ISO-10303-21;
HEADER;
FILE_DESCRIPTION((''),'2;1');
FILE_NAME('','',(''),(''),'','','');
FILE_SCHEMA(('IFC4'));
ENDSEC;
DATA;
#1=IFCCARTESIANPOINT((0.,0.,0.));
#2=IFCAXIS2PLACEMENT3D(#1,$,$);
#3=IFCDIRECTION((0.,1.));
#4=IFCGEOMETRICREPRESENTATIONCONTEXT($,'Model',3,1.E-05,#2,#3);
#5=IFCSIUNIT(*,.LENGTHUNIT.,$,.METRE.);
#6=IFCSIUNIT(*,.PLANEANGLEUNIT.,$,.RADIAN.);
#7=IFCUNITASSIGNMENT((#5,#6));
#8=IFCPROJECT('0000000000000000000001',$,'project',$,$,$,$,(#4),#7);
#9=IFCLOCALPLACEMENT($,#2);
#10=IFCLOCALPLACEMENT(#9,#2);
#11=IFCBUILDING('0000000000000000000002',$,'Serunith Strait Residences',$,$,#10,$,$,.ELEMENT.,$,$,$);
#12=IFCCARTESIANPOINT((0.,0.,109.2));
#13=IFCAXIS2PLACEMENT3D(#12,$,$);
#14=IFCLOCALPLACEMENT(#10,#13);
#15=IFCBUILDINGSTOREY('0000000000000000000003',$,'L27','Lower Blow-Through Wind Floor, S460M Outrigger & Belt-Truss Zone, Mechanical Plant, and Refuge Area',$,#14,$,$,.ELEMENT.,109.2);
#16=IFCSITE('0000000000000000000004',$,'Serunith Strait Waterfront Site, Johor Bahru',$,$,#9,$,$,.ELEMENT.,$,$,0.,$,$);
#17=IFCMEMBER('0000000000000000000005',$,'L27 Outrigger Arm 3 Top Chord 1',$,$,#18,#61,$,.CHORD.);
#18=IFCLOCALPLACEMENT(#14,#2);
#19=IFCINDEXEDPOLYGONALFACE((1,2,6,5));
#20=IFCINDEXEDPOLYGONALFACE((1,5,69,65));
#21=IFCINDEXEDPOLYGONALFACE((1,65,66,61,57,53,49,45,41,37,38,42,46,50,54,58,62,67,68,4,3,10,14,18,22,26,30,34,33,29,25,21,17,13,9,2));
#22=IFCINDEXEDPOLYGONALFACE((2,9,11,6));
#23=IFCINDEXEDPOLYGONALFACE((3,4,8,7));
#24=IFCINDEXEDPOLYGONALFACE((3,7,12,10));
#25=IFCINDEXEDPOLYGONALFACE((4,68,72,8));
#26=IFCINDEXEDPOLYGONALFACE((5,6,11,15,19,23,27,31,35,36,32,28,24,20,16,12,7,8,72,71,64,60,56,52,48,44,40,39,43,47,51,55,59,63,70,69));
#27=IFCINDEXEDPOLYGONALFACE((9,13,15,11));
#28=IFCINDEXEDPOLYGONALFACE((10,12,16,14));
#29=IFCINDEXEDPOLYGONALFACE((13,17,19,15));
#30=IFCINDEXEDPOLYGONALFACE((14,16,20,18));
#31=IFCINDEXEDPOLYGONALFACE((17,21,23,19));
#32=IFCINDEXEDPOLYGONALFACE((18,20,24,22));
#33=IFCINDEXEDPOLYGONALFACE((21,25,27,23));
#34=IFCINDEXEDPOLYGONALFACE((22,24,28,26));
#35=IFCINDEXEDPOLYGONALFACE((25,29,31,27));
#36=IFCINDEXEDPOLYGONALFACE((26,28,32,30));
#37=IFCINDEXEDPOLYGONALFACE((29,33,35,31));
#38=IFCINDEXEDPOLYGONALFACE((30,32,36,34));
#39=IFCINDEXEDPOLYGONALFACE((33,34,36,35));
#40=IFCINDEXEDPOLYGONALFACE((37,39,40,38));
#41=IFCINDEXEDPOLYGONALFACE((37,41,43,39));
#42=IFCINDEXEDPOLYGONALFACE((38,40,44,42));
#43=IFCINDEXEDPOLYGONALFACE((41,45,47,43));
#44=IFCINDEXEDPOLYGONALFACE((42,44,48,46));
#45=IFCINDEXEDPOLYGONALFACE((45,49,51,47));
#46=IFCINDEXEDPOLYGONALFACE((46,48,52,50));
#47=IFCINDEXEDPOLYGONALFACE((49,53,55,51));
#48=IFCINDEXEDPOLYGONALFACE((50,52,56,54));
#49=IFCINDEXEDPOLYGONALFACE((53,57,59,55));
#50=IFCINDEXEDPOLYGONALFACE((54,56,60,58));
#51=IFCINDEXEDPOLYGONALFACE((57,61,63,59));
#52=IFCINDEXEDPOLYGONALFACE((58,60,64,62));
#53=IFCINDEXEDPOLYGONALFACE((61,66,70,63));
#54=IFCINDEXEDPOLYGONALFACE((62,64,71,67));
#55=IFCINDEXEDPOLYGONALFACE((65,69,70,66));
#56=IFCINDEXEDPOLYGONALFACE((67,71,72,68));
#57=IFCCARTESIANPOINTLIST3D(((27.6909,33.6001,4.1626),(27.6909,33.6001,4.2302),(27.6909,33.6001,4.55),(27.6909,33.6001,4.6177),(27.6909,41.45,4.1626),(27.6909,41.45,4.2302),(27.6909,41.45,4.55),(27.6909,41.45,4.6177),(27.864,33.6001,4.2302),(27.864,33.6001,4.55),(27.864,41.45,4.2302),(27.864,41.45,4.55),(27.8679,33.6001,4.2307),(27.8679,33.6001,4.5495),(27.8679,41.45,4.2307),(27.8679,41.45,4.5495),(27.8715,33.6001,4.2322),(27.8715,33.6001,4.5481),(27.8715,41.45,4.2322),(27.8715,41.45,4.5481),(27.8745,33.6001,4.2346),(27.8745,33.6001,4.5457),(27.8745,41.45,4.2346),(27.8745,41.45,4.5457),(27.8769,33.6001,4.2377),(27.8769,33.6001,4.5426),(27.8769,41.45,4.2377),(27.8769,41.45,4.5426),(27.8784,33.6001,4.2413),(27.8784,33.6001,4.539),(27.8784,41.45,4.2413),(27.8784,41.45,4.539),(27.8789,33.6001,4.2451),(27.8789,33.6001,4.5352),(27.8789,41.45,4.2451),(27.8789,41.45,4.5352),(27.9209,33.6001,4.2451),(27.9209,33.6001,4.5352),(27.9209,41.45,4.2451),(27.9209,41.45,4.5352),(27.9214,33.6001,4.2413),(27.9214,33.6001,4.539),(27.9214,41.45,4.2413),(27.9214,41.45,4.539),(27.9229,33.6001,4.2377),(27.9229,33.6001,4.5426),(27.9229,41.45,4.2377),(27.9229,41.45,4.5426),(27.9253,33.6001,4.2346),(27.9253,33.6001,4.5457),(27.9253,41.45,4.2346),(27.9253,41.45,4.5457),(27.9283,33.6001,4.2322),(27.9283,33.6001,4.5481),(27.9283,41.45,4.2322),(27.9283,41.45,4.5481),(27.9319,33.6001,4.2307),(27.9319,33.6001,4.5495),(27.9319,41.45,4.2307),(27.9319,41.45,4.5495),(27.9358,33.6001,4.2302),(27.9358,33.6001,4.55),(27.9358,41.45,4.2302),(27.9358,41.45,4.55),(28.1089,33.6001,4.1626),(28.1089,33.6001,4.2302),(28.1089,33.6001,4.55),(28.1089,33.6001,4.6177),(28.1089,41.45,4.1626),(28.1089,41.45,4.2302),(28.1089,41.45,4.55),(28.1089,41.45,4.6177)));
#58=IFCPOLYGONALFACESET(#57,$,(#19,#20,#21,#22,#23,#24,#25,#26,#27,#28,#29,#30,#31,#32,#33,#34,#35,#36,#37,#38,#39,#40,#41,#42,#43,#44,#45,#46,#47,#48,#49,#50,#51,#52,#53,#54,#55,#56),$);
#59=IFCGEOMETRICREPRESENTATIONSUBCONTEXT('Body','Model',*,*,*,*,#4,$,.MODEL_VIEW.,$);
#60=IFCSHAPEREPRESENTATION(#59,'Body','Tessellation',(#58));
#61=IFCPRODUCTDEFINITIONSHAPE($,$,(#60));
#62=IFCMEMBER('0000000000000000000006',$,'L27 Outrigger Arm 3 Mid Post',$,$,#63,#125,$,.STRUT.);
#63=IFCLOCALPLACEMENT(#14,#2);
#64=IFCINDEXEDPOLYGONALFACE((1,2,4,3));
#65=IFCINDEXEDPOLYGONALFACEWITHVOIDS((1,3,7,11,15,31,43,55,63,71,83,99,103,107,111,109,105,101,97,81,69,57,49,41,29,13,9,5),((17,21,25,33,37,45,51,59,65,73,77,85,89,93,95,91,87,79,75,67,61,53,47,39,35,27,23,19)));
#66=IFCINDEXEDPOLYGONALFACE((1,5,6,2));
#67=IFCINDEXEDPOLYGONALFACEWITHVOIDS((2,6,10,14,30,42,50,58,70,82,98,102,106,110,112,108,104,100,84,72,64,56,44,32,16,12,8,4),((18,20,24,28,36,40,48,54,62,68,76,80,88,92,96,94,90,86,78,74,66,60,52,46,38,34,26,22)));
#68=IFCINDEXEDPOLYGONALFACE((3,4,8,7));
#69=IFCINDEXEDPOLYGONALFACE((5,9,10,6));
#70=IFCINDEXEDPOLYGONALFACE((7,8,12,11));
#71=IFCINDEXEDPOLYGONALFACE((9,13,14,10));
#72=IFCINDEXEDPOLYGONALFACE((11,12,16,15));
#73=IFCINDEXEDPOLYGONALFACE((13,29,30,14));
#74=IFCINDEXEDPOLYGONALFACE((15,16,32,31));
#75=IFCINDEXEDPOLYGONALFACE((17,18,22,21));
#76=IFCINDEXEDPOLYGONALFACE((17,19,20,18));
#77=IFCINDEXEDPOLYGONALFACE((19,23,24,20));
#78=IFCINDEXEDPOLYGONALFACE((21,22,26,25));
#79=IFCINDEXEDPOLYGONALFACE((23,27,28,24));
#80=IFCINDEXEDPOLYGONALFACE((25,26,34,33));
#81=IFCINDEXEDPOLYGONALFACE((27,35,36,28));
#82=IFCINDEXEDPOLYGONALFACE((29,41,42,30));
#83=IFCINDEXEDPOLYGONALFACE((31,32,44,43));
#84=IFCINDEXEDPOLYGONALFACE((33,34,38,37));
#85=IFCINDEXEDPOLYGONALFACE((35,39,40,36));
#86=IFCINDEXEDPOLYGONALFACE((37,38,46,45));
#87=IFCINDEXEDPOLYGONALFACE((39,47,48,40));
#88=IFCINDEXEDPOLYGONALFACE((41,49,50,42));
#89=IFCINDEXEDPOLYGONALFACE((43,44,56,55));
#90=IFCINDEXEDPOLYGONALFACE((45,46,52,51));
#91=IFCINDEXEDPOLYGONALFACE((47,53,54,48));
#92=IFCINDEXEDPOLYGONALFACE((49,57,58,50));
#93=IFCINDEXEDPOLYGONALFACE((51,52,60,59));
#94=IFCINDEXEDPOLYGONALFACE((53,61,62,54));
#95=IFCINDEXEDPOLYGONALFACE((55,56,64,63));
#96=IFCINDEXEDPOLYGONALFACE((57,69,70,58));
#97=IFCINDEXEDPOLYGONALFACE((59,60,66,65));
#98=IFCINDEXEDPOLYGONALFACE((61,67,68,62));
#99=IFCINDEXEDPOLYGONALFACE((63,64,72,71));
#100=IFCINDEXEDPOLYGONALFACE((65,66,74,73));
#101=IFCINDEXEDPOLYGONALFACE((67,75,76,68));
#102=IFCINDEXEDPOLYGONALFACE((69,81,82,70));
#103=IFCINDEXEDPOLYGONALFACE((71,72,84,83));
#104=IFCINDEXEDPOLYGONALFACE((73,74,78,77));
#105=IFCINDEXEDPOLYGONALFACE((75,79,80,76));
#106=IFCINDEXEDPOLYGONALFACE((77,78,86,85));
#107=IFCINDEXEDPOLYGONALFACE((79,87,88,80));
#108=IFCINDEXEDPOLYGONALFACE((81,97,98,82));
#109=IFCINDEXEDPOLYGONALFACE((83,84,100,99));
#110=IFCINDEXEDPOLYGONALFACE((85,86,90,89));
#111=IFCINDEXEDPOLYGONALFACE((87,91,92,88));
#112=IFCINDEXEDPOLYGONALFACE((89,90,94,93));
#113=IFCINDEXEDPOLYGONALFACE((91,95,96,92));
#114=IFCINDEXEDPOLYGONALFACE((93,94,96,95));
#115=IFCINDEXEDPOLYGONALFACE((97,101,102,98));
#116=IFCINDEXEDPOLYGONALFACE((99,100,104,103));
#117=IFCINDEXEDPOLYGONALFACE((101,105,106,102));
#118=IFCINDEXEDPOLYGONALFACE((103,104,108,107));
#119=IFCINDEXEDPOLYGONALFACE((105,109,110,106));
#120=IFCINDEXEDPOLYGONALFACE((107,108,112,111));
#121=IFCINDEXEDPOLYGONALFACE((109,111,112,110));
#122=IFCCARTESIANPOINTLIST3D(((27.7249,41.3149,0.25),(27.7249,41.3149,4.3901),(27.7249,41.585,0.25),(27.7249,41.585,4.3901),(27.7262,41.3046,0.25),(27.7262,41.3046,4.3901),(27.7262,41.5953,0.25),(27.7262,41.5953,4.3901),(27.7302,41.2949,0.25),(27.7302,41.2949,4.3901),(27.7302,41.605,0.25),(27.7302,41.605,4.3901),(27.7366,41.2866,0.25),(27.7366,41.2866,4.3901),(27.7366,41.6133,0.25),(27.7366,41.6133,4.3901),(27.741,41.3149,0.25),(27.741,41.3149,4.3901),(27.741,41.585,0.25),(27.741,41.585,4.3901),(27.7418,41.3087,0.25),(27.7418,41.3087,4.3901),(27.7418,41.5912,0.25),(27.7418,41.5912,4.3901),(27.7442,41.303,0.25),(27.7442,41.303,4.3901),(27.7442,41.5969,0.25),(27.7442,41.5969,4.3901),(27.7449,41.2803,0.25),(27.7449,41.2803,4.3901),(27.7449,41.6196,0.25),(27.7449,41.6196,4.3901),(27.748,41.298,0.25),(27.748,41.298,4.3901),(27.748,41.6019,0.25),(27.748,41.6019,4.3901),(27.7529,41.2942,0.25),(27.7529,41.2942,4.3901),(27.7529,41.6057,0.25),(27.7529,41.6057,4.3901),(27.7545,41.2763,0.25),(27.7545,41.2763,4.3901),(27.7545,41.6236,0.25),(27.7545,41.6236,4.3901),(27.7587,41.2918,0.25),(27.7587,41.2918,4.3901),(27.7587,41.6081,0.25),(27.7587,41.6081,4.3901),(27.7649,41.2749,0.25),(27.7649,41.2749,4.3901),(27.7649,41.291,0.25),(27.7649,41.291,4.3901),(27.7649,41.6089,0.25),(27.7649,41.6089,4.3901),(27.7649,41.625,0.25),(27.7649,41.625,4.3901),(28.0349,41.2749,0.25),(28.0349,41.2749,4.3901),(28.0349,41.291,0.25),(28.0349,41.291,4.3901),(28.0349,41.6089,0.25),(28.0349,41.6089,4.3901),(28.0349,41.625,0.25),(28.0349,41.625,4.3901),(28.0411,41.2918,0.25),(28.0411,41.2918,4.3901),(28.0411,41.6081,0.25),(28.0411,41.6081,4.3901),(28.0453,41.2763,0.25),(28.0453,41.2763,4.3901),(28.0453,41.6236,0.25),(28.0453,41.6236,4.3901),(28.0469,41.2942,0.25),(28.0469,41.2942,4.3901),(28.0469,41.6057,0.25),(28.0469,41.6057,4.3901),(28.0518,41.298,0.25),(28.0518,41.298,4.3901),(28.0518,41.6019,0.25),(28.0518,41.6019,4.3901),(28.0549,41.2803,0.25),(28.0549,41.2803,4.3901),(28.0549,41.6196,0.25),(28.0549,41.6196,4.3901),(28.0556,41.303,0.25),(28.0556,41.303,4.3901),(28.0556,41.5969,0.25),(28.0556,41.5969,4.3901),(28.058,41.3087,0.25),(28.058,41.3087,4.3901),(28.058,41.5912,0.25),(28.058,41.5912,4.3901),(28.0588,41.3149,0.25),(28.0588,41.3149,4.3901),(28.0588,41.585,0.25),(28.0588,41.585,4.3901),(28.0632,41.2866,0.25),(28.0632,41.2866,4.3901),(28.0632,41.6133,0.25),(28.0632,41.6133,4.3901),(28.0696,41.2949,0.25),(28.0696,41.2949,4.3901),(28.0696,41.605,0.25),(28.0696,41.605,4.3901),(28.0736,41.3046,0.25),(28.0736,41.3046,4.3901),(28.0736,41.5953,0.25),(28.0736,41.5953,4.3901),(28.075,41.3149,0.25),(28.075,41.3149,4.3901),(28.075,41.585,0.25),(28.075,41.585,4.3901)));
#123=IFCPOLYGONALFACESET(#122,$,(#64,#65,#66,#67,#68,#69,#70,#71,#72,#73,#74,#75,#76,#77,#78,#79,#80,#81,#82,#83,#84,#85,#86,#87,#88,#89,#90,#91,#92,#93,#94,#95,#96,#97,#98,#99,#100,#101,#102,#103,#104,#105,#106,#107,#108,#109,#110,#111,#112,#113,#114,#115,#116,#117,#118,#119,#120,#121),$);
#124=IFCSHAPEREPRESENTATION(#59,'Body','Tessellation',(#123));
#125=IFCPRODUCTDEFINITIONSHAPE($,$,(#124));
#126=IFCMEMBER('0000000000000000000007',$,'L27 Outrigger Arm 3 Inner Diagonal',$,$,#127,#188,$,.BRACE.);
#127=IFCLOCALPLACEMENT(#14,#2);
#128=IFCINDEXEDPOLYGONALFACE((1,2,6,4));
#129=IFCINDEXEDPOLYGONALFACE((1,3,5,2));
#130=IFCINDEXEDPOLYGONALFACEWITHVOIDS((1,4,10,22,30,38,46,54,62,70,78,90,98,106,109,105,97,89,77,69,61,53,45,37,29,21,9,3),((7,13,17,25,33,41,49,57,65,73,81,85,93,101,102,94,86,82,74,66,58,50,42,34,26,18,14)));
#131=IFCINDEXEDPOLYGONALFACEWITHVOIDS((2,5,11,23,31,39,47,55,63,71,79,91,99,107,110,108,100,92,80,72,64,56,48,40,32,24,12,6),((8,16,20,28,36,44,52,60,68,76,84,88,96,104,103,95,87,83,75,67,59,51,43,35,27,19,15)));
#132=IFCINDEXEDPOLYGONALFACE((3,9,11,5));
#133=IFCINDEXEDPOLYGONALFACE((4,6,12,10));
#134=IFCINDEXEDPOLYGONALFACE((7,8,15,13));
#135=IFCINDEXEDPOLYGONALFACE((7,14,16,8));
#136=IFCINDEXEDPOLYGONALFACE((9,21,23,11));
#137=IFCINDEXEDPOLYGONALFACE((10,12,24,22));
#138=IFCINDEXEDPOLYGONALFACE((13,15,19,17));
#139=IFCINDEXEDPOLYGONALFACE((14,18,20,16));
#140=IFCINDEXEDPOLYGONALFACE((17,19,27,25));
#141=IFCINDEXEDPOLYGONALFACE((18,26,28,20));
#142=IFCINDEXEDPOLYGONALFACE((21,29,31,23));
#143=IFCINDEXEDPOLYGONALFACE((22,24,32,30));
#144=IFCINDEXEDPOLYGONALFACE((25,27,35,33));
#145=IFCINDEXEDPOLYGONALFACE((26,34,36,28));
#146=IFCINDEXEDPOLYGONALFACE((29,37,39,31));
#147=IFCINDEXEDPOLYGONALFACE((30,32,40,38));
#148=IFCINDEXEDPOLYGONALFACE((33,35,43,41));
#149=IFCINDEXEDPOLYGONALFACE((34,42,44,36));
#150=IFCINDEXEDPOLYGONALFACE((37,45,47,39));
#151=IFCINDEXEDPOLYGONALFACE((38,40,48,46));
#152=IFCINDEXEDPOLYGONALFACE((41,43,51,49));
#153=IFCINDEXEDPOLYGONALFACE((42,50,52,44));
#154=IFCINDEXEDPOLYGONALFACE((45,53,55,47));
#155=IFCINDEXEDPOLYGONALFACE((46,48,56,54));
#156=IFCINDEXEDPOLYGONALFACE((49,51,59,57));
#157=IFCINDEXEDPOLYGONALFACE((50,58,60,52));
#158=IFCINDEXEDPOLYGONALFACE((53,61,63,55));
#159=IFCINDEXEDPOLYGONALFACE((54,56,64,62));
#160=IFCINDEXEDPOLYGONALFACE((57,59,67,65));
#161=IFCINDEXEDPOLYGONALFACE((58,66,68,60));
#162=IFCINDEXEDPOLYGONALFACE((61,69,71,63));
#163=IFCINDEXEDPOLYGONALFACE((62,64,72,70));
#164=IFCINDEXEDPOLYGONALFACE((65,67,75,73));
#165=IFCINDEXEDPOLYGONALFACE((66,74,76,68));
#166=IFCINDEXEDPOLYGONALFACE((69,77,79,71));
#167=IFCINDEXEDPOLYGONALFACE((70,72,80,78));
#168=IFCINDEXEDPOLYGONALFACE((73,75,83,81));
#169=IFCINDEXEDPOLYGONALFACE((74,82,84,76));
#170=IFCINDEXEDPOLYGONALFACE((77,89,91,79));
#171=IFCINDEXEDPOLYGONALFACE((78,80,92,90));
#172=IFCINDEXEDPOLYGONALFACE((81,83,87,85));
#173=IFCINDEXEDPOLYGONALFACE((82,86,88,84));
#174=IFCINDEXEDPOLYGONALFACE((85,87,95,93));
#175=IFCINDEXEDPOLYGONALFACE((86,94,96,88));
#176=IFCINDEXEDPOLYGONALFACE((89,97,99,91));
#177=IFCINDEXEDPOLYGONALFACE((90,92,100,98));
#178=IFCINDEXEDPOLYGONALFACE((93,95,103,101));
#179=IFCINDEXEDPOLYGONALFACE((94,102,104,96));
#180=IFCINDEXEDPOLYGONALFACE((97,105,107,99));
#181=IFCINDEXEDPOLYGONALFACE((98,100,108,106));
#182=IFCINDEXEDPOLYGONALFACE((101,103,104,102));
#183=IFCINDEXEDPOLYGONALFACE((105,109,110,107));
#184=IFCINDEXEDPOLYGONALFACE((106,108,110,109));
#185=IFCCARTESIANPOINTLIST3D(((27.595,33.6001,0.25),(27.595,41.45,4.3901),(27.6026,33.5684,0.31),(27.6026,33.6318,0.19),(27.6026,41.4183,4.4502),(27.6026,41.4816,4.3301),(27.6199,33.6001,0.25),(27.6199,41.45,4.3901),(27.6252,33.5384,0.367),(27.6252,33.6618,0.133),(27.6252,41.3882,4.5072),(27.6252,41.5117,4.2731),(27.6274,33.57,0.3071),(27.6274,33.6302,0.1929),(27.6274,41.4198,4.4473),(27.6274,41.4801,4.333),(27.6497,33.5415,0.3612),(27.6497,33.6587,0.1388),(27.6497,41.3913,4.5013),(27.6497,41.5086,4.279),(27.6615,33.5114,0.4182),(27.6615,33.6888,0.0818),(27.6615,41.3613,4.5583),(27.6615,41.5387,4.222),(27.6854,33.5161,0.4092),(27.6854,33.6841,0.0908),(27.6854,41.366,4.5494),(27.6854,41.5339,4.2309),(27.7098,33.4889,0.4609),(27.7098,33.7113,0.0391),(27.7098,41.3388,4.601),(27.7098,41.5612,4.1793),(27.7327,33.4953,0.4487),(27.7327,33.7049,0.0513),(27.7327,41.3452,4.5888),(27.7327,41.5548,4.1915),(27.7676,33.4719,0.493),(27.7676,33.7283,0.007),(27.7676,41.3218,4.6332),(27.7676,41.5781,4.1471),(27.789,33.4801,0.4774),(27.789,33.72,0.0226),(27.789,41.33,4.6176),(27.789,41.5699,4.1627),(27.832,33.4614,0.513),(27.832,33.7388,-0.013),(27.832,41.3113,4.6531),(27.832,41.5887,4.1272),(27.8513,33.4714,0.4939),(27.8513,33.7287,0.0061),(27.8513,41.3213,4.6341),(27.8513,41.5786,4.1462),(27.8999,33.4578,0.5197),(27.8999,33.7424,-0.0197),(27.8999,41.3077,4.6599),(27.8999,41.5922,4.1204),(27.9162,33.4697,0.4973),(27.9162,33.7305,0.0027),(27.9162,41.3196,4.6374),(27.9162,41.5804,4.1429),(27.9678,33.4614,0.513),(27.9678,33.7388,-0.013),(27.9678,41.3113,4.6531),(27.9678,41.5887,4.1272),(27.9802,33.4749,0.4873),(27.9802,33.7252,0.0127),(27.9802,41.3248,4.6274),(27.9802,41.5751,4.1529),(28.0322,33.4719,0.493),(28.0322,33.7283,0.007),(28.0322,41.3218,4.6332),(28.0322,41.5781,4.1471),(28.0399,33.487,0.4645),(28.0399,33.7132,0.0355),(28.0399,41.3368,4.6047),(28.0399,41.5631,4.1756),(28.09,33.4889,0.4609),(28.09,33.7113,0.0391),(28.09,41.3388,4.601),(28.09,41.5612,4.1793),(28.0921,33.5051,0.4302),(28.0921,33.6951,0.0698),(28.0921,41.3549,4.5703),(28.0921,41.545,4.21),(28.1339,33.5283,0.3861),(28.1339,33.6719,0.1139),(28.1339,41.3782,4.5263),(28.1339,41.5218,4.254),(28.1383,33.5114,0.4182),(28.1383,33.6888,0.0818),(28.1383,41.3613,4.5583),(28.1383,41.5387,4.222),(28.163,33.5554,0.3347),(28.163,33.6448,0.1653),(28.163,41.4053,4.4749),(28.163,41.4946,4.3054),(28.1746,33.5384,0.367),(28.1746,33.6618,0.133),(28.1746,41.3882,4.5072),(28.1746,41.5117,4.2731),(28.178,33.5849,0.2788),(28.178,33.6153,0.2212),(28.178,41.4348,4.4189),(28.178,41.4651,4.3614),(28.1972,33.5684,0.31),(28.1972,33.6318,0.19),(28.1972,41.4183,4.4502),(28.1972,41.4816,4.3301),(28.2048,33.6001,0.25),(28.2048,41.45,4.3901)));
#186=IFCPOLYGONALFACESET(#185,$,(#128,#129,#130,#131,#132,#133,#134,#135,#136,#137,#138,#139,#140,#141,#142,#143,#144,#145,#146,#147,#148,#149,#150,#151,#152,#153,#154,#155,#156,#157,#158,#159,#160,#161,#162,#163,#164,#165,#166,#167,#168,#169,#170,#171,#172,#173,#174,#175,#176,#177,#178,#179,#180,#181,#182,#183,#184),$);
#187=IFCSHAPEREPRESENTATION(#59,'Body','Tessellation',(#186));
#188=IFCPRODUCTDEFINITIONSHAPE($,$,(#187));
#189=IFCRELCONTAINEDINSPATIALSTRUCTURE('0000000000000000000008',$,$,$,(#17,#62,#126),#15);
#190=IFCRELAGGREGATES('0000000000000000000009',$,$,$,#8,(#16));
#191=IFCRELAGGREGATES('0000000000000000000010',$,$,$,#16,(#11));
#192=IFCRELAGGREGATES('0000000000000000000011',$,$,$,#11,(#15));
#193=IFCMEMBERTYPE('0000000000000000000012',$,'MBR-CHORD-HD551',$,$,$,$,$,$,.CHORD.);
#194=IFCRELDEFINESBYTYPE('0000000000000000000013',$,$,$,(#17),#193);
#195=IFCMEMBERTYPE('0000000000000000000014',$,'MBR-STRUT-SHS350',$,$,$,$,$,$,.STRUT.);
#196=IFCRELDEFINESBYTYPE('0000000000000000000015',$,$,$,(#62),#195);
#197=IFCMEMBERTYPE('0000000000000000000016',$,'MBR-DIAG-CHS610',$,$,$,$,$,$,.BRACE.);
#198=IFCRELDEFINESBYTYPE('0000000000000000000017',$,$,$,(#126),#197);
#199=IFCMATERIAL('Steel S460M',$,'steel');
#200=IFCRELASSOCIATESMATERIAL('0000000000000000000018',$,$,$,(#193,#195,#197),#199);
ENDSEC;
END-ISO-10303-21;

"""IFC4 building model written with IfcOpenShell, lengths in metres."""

from ifc_helpers import new_model, si_unit, direction, frame, origin, origin_2d, place, context, subcontext, project, spatial, hollow_rectangle, hollow_circle, i_section, extrude, source, transform, mapped, material, material_profile, profile_set, type_object, element, save


model = new_model("IFC4")

# Units and contexts
model_context = context("Model", 3, precision=1e-05, world=origin(), true_north=direction((0.0, 1.0)))
body_context = subcontext(model_context, "Body", "Model", "MODEL_VIEW")
ifc_project = project(units=[si_unit("LENGTHUNIT", "METRE"), si_unit("PLANEANGLEUNIT", "RADIAN")], contexts=[model_context])

# Site, building, storey
site_placement = place(None, origin())
site = spatial("IfcSite", under=ifc_project, at=site_placement, Name="Serunith Strait Waterfront Site, Johor Bahru", CompositionType="ELEMENT", RefElevation=0.0)
building_placement = place(site_placement, origin())
building = spatial("IfcBuilding", under=site, at=building_placement, Name="Serunith Strait Residences", CompositionType="ELEMENT")
storey_placement = place(building_placement, frame((0.0, 0.0, 109.2)))
storey = spatial("IfcBuildingStorey", under=building, at=storey_placement, Name="L27", Description="Lower Blow-Through Wind Floor, S460M Outrigger & Belt-Truss Zone, Mechanical Plant, and Refuge Area", CompositionType="ELEMENT", Elevation=109.2)

# Members
ifc_material_1 = material(Name="Steel S460M", Category="steel")
ifc_material_profile_1 = material_profile(ifc_material_1, i_section(OverallWidth=0.418, OverallDepth=0.4551, WebThickness=0.042, FlangeThickness=0.0676, FilletRadius=0.0149, at=origin_2d()), Name="HD 400x551")
ifc_profile_set_1 = profile_set([ifc_material_profile_1], Name="Steel S460M")
member_type_1 = type_object("IfcMemberType", Name="MBR-CHORD-HD551", PredefinedType="CHORD", material=ifc_profile_set_1)
shared_shape_1 = source(origin(), body_context, "Body", "SweptSolid", [
    extrude(i_section(OverallWidth=0.418, OverallDepth=0.4551, WebThickness=0.042, FlangeThickness=0.0676, FilletRadius=0.0149, at=origin_2d()), origin(), (0.0, 0.0, 1.0), 7.8499),
])
for number, where, z_axis, x_axis, name in (
    (1, (27.8999, 33.6001, 4.3901), (0.0, 1.0, 0.0), (-1.0, 0.0, 0.0), "L27 Outrigger Arm 3 Top Chord 1"),
):
    element("IfcMember", number, at=place(storey_placement, frame(where, z_axis=z_axis, x_axis=x_axis)), inside=storey, type_object=member_type_1, Name=name, PredefinedType="CHORD", context=body_context, shape_type="MappedRepresentation", body=[
        mapped(shared_shape_1, transform((0.0, 0.0, 0.0), scale=1.0)),
    ])
ifc_material_profile_2 = material_profile(ifc_material_1, hollow_rectangle(XDim=0.3501, YDim=0.3501, WallThickness=0.0161, InnerFilletRadius=0.0239, OuterFilletRadius=0.04, at=origin_2d()), Name="SHS 350x350x16")
ifc_profile_set_2 = profile_set([ifc_material_profile_2], Name="Steel S460M")
member_type_2 = type_object("IfcMemberType", Name="MBR-STRUT-SHS350", PredefinedType="STRUT", material=ifc_profile_set_2)
shared_shape_2 = source(origin(), body_context, "Body", "SweptSolid", [
    extrude(hollow_rectangle(XDim=0.3501, YDim=0.3501, WallThickness=0.0161, InnerFilletRadius=0.0239, OuterFilletRadius=0.04, at=origin_2d()), origin(), (0.0, 0.0, 1.0), 4.1401),
])
member_1_placement = place(storey_placement, frame((27.8999, 41.45, 0.25), z_axis=(0.0, 0.0, 1.0), x_axis=(1.0, 0.0, 0.0)))
element("IfcMember", 2, at=member_1_placement, inside=storey, type_object=member_type_2, Name="L27 Outrigger Arm 3 Mid Post", PredefinedType="STRUT", context=body_context, shape_type="MappedRepresentation", body=[
    mapped(shared_shape_2, transform((0.0, 0.0, 0.0), scale=1.0)),
])
ifc_material_profile_3 = material_profile(ifc_material_1, hollow_circle(Radius=0.3049, WallThickness=0.0249, at=origin_2d()), Name="CHS 610x25")
ifc_profile_set_3 = profile_set([ifc_material_profile_3], Name="Steel S460M")
member_type_3 = type_object("IfcMemberType", Name="MBR-DIAG-CHS610", PredefinedType="BRACE", material=ifc_profile_set_3)
shared_shape_3 = source(origin(), body_context, "Body", "SweptSolid", [
    extrude(hollow_circle(Radius=0.3049, WallThickness=0.0249, at=origin_2d()), origin(), (0.0, 0.0, 1.0), 8.8748),
])
member_2_placement = place(storey_placement, frame((27.8999, 33.6001, 0.25), z_axis=(0.0, 0.884517, 0.466508), x_axis=(-1.0, 0.0, 0.0)))
element("IfcMember", 3, at=member_2_placement, inside=storey, type_object=member_type_3, Name="L27 Outrigger Arm 3 Inner Diagonal", PredefinedType="BRACE", context=body_context, shape_type="MappedRepresentation", body=[
    mapped(shared_shape_3, transform((0.0, 0.0, 0.0), scale=1.0)),
])

save(model, "model.ifc")
